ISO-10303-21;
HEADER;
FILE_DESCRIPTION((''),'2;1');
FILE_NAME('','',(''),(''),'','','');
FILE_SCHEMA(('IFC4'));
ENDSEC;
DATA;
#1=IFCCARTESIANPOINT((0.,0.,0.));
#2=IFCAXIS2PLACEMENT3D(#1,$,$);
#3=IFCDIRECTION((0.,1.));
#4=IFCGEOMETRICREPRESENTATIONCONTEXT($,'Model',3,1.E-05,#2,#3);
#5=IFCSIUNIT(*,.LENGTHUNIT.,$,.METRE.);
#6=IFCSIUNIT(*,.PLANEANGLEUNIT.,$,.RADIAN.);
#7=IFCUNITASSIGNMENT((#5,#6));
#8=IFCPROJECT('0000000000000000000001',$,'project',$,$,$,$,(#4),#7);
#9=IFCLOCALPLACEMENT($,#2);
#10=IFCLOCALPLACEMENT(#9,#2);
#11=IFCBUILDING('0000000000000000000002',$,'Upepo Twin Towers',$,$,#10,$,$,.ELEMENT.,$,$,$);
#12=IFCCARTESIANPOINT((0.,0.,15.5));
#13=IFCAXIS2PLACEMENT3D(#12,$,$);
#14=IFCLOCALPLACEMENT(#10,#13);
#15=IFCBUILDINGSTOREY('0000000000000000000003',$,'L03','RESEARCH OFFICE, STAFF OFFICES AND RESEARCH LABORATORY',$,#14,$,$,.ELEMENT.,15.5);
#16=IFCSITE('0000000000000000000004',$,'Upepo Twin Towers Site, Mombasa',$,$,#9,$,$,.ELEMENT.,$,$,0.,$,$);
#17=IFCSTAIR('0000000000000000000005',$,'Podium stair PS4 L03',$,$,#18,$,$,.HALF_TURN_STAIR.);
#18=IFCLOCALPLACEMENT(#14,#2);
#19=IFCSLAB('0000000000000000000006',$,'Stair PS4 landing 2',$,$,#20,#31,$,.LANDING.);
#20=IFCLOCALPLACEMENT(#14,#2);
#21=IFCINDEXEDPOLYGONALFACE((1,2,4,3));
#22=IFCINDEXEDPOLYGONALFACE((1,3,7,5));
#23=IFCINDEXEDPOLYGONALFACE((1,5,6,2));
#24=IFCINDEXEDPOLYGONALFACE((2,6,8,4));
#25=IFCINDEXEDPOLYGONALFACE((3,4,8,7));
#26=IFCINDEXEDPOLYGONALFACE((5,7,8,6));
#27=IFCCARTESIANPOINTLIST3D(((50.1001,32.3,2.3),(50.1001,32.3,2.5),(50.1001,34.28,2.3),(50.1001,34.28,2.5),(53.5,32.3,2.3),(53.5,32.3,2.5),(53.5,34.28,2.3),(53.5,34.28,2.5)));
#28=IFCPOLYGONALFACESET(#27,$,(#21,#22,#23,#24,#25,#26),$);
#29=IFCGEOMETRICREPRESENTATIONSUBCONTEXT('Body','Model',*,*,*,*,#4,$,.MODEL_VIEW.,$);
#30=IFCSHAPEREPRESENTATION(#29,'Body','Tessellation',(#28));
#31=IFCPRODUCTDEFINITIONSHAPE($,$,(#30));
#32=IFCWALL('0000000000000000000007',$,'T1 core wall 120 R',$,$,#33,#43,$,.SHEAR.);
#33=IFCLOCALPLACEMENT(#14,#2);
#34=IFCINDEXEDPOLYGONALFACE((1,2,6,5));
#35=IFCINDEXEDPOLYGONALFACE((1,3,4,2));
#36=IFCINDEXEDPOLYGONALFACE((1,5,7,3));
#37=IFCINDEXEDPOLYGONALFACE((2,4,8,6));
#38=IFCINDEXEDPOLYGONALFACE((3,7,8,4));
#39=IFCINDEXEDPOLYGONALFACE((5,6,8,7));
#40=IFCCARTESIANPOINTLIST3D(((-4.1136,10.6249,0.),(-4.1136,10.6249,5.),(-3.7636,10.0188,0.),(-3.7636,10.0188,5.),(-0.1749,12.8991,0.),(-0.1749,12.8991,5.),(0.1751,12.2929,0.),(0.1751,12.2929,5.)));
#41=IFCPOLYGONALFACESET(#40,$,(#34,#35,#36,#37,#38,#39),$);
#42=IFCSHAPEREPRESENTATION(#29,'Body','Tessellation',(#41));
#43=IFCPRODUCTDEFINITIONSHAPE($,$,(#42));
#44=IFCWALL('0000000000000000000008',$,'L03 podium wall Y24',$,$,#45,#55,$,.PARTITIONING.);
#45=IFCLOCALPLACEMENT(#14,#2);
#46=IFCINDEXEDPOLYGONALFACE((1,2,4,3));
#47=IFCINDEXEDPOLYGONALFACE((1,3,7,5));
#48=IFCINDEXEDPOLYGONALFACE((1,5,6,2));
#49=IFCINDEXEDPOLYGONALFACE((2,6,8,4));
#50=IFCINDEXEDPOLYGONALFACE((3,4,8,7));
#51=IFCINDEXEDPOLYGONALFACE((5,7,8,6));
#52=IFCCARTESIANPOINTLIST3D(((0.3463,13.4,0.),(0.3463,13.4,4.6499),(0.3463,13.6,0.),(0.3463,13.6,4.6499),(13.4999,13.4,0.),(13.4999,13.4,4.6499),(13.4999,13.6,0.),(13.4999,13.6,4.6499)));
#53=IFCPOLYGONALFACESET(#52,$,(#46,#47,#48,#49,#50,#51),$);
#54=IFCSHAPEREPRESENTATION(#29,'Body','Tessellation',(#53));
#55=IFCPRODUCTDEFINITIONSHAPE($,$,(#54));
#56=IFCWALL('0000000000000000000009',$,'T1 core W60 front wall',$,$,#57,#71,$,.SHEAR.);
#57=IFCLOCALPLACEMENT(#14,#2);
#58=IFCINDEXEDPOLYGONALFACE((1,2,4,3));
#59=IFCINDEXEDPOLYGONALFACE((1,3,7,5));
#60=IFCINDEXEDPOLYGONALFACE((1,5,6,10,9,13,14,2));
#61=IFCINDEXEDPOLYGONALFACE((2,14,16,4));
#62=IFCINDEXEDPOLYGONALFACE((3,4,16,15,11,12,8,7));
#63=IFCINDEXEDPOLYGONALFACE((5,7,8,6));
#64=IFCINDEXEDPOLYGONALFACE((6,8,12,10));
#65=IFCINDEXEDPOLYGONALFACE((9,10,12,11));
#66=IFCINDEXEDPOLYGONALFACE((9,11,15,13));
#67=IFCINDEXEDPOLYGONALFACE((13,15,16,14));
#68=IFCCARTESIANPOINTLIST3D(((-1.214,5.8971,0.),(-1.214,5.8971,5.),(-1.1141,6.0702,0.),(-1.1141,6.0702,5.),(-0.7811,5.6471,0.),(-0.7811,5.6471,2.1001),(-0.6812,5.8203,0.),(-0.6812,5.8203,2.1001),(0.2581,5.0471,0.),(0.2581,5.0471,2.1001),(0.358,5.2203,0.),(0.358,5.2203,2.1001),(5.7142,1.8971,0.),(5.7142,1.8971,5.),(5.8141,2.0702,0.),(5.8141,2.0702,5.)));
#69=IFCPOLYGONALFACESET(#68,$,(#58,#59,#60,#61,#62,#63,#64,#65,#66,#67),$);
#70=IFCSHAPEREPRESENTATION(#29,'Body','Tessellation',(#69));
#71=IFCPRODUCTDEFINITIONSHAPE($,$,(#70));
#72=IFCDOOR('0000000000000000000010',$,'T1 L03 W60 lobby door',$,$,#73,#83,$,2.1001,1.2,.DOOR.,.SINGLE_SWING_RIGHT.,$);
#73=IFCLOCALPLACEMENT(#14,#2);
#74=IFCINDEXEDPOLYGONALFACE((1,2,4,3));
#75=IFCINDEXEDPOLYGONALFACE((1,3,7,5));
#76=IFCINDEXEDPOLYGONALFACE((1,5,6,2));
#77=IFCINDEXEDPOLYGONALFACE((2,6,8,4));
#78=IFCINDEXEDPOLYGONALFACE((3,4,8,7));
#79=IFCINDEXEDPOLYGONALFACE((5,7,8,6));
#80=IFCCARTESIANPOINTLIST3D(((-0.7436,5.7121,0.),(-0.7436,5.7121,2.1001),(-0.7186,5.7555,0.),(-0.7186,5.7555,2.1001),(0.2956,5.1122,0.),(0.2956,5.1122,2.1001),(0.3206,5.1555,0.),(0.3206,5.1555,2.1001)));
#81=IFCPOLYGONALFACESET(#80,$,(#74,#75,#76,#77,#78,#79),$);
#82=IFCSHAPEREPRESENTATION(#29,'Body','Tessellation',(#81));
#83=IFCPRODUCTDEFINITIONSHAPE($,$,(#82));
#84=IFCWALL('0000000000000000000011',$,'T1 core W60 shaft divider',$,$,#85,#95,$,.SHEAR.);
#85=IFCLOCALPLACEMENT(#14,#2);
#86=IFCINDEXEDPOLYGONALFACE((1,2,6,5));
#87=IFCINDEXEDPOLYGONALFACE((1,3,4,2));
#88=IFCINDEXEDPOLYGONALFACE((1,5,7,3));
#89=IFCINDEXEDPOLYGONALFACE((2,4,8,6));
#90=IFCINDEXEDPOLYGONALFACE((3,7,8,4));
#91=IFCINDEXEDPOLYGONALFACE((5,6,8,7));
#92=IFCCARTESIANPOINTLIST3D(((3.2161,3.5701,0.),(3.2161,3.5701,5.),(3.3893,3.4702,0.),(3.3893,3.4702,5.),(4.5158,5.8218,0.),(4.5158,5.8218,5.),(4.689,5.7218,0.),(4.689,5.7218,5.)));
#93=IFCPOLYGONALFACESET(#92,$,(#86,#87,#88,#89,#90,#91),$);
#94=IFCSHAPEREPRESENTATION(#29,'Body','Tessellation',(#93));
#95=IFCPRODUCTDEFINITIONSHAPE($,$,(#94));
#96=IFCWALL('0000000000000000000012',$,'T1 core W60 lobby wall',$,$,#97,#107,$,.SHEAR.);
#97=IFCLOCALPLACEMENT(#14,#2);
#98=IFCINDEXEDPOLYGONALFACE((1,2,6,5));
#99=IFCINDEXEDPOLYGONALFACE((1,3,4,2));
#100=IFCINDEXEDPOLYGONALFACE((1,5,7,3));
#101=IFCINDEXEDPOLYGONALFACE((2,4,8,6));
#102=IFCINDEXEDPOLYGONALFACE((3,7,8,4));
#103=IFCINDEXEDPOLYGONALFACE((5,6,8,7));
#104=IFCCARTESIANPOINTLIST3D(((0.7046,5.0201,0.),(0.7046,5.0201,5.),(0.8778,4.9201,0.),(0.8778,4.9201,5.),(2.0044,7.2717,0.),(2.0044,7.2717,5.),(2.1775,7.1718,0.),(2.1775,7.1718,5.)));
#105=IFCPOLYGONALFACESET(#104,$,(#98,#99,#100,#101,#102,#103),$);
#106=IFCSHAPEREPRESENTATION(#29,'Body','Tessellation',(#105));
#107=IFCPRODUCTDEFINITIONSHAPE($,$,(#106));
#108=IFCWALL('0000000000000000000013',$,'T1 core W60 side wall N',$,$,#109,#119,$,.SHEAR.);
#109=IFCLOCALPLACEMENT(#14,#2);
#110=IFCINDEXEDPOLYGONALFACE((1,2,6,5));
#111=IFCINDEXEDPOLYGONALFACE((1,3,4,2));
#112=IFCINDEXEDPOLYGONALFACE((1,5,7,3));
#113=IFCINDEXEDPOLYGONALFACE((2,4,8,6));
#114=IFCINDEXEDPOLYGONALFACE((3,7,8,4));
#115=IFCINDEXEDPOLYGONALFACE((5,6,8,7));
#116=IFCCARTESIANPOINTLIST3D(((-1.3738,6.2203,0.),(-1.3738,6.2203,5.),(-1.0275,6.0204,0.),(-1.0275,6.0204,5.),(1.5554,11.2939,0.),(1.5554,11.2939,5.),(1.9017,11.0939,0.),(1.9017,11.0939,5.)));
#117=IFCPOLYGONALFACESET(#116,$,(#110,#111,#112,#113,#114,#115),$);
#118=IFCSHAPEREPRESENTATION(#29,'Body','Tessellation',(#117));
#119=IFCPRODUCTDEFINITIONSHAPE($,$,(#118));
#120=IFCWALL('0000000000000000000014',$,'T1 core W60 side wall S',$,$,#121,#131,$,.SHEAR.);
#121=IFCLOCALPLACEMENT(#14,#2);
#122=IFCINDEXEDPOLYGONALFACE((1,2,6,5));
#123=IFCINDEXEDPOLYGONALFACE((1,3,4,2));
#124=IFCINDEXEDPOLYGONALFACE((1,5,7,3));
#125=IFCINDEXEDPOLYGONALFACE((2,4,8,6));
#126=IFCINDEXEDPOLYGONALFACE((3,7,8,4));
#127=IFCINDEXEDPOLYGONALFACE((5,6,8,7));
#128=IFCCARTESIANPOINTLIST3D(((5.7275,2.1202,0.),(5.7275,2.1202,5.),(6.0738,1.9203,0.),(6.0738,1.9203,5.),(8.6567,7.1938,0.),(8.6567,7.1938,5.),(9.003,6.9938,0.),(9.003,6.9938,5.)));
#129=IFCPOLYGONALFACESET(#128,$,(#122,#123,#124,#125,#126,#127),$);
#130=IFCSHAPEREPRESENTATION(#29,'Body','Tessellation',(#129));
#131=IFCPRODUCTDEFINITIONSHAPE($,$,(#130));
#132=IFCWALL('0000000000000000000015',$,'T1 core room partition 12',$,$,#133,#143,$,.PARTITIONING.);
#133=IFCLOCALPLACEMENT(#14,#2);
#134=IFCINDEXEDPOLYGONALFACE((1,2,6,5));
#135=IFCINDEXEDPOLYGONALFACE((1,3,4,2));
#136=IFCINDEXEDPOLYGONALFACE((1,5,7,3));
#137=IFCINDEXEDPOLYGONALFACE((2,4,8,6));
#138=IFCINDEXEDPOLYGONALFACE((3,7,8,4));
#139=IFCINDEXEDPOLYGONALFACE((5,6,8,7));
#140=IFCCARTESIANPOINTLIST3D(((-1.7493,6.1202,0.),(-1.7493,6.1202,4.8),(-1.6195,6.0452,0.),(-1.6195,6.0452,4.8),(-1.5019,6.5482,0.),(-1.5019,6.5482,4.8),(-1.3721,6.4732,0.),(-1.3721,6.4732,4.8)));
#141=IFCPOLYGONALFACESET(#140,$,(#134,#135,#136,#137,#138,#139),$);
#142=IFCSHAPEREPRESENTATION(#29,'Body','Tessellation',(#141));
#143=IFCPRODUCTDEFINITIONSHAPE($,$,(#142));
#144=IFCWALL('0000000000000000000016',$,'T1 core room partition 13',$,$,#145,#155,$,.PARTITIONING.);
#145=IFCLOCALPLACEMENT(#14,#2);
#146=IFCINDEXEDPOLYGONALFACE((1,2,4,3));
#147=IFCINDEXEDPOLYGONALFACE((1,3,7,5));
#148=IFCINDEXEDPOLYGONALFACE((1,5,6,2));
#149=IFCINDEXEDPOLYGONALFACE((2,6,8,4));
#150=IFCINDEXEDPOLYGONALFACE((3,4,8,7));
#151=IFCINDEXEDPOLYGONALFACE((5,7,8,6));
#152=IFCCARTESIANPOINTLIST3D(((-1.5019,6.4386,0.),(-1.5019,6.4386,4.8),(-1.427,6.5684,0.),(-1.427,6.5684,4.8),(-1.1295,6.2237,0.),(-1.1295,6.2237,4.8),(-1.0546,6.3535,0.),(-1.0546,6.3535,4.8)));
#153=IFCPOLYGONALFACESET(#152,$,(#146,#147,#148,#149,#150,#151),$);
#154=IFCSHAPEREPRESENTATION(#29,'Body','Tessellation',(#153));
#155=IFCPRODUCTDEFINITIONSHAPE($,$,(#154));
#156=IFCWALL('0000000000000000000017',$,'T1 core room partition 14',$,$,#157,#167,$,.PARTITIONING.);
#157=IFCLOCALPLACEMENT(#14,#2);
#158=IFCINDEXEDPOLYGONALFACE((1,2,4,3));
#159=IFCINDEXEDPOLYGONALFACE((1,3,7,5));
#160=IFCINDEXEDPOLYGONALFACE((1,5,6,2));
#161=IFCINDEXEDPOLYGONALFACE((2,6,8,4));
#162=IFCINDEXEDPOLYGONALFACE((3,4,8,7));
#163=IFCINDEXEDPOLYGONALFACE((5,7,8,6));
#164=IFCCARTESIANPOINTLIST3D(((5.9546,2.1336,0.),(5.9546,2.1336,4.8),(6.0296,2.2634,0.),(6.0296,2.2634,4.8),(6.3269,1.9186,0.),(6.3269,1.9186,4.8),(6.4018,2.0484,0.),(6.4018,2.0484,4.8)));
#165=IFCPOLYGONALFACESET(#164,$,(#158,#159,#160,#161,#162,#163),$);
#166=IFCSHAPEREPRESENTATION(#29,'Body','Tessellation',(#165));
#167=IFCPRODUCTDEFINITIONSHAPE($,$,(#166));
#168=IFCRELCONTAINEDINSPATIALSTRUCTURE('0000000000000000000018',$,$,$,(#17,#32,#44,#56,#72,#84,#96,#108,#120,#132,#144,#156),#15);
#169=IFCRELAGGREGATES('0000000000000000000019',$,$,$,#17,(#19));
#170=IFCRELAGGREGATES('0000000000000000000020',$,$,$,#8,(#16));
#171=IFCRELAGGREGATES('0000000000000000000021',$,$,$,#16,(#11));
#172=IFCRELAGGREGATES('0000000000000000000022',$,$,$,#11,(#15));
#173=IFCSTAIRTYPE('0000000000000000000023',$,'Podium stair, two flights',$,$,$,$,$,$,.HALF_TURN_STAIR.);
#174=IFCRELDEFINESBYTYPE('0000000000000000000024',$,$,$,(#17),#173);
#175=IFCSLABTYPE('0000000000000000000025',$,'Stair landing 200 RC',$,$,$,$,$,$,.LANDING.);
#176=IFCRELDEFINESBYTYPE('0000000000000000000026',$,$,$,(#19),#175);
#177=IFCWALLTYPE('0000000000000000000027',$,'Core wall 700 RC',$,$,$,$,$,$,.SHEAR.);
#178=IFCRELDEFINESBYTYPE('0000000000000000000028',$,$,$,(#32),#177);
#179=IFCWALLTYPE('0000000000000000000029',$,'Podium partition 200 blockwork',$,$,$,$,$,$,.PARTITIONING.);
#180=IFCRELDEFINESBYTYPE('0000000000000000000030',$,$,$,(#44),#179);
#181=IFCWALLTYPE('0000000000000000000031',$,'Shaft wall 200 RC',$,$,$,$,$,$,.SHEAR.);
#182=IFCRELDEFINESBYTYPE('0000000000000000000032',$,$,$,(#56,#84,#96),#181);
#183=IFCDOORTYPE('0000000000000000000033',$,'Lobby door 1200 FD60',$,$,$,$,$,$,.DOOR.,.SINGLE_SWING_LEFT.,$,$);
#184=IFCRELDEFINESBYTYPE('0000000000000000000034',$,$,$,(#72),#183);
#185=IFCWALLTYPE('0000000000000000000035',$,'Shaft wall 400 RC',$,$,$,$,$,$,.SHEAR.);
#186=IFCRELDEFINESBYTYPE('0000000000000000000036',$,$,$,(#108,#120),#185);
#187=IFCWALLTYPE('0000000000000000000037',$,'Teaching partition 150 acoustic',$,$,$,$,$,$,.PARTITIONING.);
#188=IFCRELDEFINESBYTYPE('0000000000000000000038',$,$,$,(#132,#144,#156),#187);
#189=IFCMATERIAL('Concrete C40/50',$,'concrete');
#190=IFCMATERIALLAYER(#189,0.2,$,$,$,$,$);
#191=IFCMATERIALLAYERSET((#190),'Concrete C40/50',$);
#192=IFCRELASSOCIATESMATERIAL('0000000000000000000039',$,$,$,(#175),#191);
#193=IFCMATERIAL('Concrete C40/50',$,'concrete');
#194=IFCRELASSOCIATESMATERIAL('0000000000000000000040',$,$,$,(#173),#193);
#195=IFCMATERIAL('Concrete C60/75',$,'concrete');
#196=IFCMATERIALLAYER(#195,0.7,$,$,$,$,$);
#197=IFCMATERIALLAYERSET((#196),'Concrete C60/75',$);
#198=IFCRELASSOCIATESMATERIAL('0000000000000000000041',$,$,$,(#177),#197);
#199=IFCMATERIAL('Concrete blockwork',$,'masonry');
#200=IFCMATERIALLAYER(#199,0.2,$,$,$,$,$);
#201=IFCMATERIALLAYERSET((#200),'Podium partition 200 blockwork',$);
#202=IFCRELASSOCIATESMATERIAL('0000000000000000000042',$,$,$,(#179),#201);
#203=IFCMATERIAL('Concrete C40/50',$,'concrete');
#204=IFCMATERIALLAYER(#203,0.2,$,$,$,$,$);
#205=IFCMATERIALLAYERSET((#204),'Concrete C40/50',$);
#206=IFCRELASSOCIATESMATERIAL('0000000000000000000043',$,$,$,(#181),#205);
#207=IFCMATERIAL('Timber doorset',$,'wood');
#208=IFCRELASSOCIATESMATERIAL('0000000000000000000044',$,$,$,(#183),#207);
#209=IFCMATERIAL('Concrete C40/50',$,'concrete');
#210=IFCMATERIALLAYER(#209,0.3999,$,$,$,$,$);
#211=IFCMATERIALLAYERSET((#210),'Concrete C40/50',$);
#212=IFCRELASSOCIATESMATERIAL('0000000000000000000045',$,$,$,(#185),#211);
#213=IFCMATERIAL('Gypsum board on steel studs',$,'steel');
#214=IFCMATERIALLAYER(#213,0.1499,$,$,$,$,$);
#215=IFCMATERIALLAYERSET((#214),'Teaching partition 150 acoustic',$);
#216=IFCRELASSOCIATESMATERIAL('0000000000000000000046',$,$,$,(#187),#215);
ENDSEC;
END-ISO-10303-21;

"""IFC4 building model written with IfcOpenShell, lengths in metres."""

from ifc_helpers import new_model, si_unit, direction, frame, frame_2d, origin, place, context, subcontext, project, spatial, polyline, rectangle, outline, extrude, material, layer, layer_set, type_object, element, fill, aggregate, save


model = new_model("IFC4")

# Units and contexts
model_context = context("Model", 3, precision=1e-05, world=origin(), true_north=direction((0.0, 1.0)))
body_context = subcontext(model_context, "Body", "Model", "MODEL_VIEW")
ifc_project = project(units=[si_unit("LENGTHUNIT", "METRE"), si_unit("PLANEANGLEUNIT", "RADIAN")], contexts=[model_context])

# Site, building, storey
site_placement = place(None, origin())
site = spatial("IfcSite", under=ifc_project, at=site_placement, Name="Upepo Twin Towers Site, Mombasa", CompositionType="ELEMENT", RefElevation=0.0)
building_placement = place(site_placement, origin())
building = spatial("IfcBuilding", under=site, at=building_placement, Name="Upepo Twin Towers", CompositionType="ELEMENT")
storey_placement = place(building_placement, frame((0.0, 0.0, 15.5)))
storey = spatial("IfcBuildingStorey", under=building, at=storey_placement, Name="L03", Description="RESEARCH OFFICE, STAFF OFFICES AND RESEARCH LABORATORY", CompositionType="ELEMENT", Elevation=15.5)

# Stair, slab
ifc_material_1 = material(Name="Concrete C40/50", Category="concrete")
ifc_layer_1 = layer(ifc_material_1, 0.2)
ifc_layer_set_1 = layer_set([ifc_layer_1], Name="Concrete C40/50")
slab_type = type_object("IfcSlabType", Name="Stair landing 200 RC", PredefinedType="LANDING", material=ifc_layer_set_1)
ifc_material_2 = material(Name="Concrete C40/50", Category="concrete")
stair_type_1 = type_object("IfcStairType", Name="Podium stair, two flights", PredefinedType="HALF_TURN_STAIR", material=ifc_material_2)
stair_1_placement = place(storey_placement, origin())
stair_1 = element("IfcStair", 1, at=stair_1_placement, inside=storey, type_object=stair_type_1, Name="Podium stair PS4 L03", PredefinedType="HALF_TURN_STAIR")
slab_1_placement = place(storey_placement, frame((0.0, 0.0, 2.3)))
slab_1 = element("IfcSlab", 2, at=slab_1_placement, type_object=slab_type, Name="Stair PS4 landing 2", PredefinedType="LANDING", context=body_context, shape_type="SweptSolid", body=[
    extrude(outline(polyline([(50.1001, 32.3), (53.5, 32.3), (53.5, 34.28), (50.1001, 34.28), (50.1001, 32.3)])), origin(), (0.0, 0.0, 1.0), 0.2),
])
aggregate(stair_1, [slab_1])

# Walls
ifc_material_3 = material(Name="Concrete C60/75", Category="concrete")
ifc_layer_2 = layer(ifc_material_3, 0.7)
ifc_layer_set_2 = layer_set([ifc_layer_2], Name="Concrete C60/75")
wall_type_1 = type_object("IfcWallType", Name="Core wall 700 RC", PredefinedType="SHEAR", material=ifc_layer_set_2)
wall_1_placement = place(storey_placement, frame((0.0, 12.5959, 0.0), z_axis=(0.0, 0.0, 1.0), x_axis=(-0.866011, -0.500024, 0.0)))
element("IfcWall", 3, at=wall_1_placement, inside=storey, type_object=wall_type_1, Name="T1 core wall 120 R", PredefinedType="SHEAR", context=body_context, shape_type="SweptSolid", body=[
    extrude(rectangle(XDim=4.5481, YDim=0.7, at=frame_2d((2.2739, 0.0))), origin(), (0.0, 0.0, 1.0), 5.0),
])
ifc_material_4 = material(Name="Concrete blockwork", Category="masonry")
ifc_layer_3 = layer(ifc_material_4, 0.2)
ifc_layer_set_3 = layer_set([ifc_layer_3], Name="Podium partition 200 blockwork")
wall_type_2 = type_object("IfcWallType", Name="Podium partition 200 blockwork", PredefinedType="PARTITIONING", material=ifc_layer_set_3)
wall_2_placement = place(storey_placement, frame((0.3464, 13.5, 0.0), z_axis=(0.0, 0.0, 1.0), x_axis=(1.0, 0.0, 0.0)))
element("IfcWall", 4, at=wall_2_placement, inside=storey, type_object=wall_type_2, Name="L03 podium wall Y24", PredefinedType="PARTITIONING", context=body_context, shape_type="SweptSolid", body=[
    extrude(rectangle(XDim=13.1536, YDim=0.2, at=frame_2d((6.5767, 0.0))), origin(), (0.0, 0.0, 1.0), 4.6499),
])

# Wall, opening, door
ifc_material_5 = material(Name="Concrete C40/50", Category="concrete")
ifc_layer_4 = layer(ifc_material_5, 0.2)
ifc_layer_set_4 = layer_set([ifc_layer_4], Name="Concrete C40/50")
wall_type_3 = type_object("IfcWallType", Name="Shaft wall 200 RC", PredefinedType="SHEAR", material=ifc_layer_set_4)
wall_3_placement = place(storey_placement, frame((5.7642, 1.9836, 0.0), z_axis=(0.0, 0.0, 1.0), x_axis=(-0.866026, 0.499999, 0.0)))
wall_3 = element("IfcWall", 5, at=wall_3_placement, inside=storey, type_object=wall_type_3, Name="T1 core W60 front wall", PredefinedType="SHEAR", context=body_context, shape_type="SweptSolid", body=[
    extrude(rectangle(XDim=8.0, YDim=0.2, at=frame_2d((4.0, 0.0))), origin(), (0.0, 0.0, 1.0), 5.0),
])
opening_1_placement = place(wall_3_placement, frame((6.3, 0.0, 0.0)))
opening_1 = element("IfcOpeningElement", 6, at=opening_1_placement, cuts=wall_3, PredefinedType="OPENING", context=body_context, shape_type="SweptSolid", body=[
    extrude(rectangle(XDim=1.2, YDim=2.1001, at=frame_2d((0.6001, 1.05))), frame((0.0, 0.1099, 0.0), z_axis=(0.0, -1.0, 0.0), x_axis=(1.0, 0.0, 0.0)), (0.0, 0.0, 1.0), 0.22),
])
ifc_material_6 = material(Name="Timber doorset", Category="wood")
door_type_1 = type_object("IfcDoorType", Name="Lobby door 1200 FD60", OperationType="SINGLE_SWING_LEFT", PredefinedType="DOOR", material=ifc_material_6)
door_1_placement = place(opening_1_placement, origin())
door_1 = element("IfcDoor", 7, at=door_1_placement, inside=storey, type_object=door_type_1, Name="T1 L03 W60 lobby door", OperationType="SINGLE_SWING_RIGHT", OverallHeight=2.1001, OverallWidth=1.2, PredefinedType="DOOR", context=body_context, shape_type="SweptSolid", body=[
    extrude(rectangle(XDim=1.2, YDim=2.1001, at=frame_2d((0.6001, 1.05))), frame((0.0, 0.0249, 0.0), z_axis=(0.0, -1.0, 0.0), x_axis=(1.0, 0.0, 0.0)), (0.0, 0.0, 1.0), 0.05),
])
fill(opening_1, door_1)

# Walls
for number, where, z_axis, x_axis, name in (
    (8, (3.3027, 3.5203, 0.0), (0.0, 0.0, 1.0), (0.499937, 0.866062, 0.0), "T1 core W60 shaft divider"),
    (9, (0.7913, 4.9702, 0.0), (0.0, 0.0, 1.0), (0.499937, 0.866062, 0.0), "T1 core W60 lobby wall"),
):
    element("IfcWall", number, at=place(storey_placement, frame(where, z_axis=z_axis, x_axis=x_axis)), inside=storey, type_object=wall_type_3, Name=name, PredefinedType="SHEAR", context=body_context, shape_type="SweptSolid", body=[
        extrude(rectangle(XDim=2.5999, YDim=0.2, at=frame_2d((1.2998, 0.0))), origin(), (0.0, 0.0, 1.0), 5.0),
    ])
ifc_material_7 = material(Name="Concrete C40/50", Category="concrete")
ifc_layer_5 = layer(ifc_material_7, 0.3999)
ifc_layer_set_5 = layer_set([ifc_layer_5], Name="Concrete C40/50")
wall_type_4 = type_object("IfcWallType", Name="Shaft wall 400 RC", PredefinedType="SHEAR", material=ifc_layer_set_5)
for number, where, z_axis, x_axis, name in (
    (10, (-1.2007, 6.1204, 0.0), (0.0, 0.0, 1.0), (0.500003, 0.866024, 0.0), "T1 core W60 side wall N"),
    (11, (5.9006, 2.0203, 0.0), (0.0, 0.0, 1.0), (0.500003, 0.866024, 0.0), "T1 core W60 side wall S"),
):
    element("IfcWall", number, at=place(storey_placement, frame(where, z_axis=z_axis, x_axis=x_axis)), inside=storey, type_object=wall_type_4, Name=name, PredefinedType="SHEAR", context=body_context, shape_type="SweptSolid", body=[
        extrude(rectangle(XDim=5.8584, YDim=0.3999, at=frame_2d((2.9292, 0.0))), origin(), (0.0, 0.0, 1.0), 5.0),
    ])
ifc_material_8 = material(Name="Gypsum board on steel studs", Category="steel")
ifc_layer_6 = layer(ifc_material_8, 0.1499)
ifc_layer_set_6 = layer_set([ifc_layer_6], Name="Teaching partition 150 acoustic")
wall_type_5 = type_object("IfcWallType", Name="Teaching partition 150 acoustic", PredefinedType="PARTITIONING", material=ifc_layer_set_6)
wall_4_placement = place(storey_placement, frame((-1.6843, 6.0828, 0.0), z_axis=(0.0, 0.0, 1.0), x_axis=(0.500335, 0.865832, 0.0)))
element("IfcWall", 12, at=wall_4_placement, inside=storey, type_object=wall_type_5, Name="T1 core room partition 12", PredefinedType="PARTITIONING", context=body_context, shape_type="SweptSolid", body=[
    extrude(rectangle(XDim=0.4944, YDim=0.1499, at=frame_2d((0.2471, 0.0))), origin(), (0.0, 0.0, 1.0), 4.8),
])
for number, where, z_axis, x_axis, name in (
    (13, (-1.4644, 6.5034, 0.0), (0.0, 0.0, 1.0), (0.866138, -0.499804, 0.0), "T1 core room partition 13"),
    (14, (5.9922, 2.1985, 0.0), (0.0, 0.0, 1.0), (0.865892, -0.50023, 0.0), "T1 core room partition 14"),
):
    element("IfcWall", number, at=place(storey_placement, frame(where, z_axis=z_axis, x_axis=x_axis)), inside=storey, type_object=wall_type_5, Name=name, PredefinedType="PARTITIONING", context=body_context, shape_type="SweptSolid", body=[
        extrude(rectangle(XDim=0.4299, YDim=0.1499, at=frame_2d((0.2148, 0.0))), origin(), (0.0, 0.0, 1.0), 4.8),
    ])

save(model, "model.ifc")
